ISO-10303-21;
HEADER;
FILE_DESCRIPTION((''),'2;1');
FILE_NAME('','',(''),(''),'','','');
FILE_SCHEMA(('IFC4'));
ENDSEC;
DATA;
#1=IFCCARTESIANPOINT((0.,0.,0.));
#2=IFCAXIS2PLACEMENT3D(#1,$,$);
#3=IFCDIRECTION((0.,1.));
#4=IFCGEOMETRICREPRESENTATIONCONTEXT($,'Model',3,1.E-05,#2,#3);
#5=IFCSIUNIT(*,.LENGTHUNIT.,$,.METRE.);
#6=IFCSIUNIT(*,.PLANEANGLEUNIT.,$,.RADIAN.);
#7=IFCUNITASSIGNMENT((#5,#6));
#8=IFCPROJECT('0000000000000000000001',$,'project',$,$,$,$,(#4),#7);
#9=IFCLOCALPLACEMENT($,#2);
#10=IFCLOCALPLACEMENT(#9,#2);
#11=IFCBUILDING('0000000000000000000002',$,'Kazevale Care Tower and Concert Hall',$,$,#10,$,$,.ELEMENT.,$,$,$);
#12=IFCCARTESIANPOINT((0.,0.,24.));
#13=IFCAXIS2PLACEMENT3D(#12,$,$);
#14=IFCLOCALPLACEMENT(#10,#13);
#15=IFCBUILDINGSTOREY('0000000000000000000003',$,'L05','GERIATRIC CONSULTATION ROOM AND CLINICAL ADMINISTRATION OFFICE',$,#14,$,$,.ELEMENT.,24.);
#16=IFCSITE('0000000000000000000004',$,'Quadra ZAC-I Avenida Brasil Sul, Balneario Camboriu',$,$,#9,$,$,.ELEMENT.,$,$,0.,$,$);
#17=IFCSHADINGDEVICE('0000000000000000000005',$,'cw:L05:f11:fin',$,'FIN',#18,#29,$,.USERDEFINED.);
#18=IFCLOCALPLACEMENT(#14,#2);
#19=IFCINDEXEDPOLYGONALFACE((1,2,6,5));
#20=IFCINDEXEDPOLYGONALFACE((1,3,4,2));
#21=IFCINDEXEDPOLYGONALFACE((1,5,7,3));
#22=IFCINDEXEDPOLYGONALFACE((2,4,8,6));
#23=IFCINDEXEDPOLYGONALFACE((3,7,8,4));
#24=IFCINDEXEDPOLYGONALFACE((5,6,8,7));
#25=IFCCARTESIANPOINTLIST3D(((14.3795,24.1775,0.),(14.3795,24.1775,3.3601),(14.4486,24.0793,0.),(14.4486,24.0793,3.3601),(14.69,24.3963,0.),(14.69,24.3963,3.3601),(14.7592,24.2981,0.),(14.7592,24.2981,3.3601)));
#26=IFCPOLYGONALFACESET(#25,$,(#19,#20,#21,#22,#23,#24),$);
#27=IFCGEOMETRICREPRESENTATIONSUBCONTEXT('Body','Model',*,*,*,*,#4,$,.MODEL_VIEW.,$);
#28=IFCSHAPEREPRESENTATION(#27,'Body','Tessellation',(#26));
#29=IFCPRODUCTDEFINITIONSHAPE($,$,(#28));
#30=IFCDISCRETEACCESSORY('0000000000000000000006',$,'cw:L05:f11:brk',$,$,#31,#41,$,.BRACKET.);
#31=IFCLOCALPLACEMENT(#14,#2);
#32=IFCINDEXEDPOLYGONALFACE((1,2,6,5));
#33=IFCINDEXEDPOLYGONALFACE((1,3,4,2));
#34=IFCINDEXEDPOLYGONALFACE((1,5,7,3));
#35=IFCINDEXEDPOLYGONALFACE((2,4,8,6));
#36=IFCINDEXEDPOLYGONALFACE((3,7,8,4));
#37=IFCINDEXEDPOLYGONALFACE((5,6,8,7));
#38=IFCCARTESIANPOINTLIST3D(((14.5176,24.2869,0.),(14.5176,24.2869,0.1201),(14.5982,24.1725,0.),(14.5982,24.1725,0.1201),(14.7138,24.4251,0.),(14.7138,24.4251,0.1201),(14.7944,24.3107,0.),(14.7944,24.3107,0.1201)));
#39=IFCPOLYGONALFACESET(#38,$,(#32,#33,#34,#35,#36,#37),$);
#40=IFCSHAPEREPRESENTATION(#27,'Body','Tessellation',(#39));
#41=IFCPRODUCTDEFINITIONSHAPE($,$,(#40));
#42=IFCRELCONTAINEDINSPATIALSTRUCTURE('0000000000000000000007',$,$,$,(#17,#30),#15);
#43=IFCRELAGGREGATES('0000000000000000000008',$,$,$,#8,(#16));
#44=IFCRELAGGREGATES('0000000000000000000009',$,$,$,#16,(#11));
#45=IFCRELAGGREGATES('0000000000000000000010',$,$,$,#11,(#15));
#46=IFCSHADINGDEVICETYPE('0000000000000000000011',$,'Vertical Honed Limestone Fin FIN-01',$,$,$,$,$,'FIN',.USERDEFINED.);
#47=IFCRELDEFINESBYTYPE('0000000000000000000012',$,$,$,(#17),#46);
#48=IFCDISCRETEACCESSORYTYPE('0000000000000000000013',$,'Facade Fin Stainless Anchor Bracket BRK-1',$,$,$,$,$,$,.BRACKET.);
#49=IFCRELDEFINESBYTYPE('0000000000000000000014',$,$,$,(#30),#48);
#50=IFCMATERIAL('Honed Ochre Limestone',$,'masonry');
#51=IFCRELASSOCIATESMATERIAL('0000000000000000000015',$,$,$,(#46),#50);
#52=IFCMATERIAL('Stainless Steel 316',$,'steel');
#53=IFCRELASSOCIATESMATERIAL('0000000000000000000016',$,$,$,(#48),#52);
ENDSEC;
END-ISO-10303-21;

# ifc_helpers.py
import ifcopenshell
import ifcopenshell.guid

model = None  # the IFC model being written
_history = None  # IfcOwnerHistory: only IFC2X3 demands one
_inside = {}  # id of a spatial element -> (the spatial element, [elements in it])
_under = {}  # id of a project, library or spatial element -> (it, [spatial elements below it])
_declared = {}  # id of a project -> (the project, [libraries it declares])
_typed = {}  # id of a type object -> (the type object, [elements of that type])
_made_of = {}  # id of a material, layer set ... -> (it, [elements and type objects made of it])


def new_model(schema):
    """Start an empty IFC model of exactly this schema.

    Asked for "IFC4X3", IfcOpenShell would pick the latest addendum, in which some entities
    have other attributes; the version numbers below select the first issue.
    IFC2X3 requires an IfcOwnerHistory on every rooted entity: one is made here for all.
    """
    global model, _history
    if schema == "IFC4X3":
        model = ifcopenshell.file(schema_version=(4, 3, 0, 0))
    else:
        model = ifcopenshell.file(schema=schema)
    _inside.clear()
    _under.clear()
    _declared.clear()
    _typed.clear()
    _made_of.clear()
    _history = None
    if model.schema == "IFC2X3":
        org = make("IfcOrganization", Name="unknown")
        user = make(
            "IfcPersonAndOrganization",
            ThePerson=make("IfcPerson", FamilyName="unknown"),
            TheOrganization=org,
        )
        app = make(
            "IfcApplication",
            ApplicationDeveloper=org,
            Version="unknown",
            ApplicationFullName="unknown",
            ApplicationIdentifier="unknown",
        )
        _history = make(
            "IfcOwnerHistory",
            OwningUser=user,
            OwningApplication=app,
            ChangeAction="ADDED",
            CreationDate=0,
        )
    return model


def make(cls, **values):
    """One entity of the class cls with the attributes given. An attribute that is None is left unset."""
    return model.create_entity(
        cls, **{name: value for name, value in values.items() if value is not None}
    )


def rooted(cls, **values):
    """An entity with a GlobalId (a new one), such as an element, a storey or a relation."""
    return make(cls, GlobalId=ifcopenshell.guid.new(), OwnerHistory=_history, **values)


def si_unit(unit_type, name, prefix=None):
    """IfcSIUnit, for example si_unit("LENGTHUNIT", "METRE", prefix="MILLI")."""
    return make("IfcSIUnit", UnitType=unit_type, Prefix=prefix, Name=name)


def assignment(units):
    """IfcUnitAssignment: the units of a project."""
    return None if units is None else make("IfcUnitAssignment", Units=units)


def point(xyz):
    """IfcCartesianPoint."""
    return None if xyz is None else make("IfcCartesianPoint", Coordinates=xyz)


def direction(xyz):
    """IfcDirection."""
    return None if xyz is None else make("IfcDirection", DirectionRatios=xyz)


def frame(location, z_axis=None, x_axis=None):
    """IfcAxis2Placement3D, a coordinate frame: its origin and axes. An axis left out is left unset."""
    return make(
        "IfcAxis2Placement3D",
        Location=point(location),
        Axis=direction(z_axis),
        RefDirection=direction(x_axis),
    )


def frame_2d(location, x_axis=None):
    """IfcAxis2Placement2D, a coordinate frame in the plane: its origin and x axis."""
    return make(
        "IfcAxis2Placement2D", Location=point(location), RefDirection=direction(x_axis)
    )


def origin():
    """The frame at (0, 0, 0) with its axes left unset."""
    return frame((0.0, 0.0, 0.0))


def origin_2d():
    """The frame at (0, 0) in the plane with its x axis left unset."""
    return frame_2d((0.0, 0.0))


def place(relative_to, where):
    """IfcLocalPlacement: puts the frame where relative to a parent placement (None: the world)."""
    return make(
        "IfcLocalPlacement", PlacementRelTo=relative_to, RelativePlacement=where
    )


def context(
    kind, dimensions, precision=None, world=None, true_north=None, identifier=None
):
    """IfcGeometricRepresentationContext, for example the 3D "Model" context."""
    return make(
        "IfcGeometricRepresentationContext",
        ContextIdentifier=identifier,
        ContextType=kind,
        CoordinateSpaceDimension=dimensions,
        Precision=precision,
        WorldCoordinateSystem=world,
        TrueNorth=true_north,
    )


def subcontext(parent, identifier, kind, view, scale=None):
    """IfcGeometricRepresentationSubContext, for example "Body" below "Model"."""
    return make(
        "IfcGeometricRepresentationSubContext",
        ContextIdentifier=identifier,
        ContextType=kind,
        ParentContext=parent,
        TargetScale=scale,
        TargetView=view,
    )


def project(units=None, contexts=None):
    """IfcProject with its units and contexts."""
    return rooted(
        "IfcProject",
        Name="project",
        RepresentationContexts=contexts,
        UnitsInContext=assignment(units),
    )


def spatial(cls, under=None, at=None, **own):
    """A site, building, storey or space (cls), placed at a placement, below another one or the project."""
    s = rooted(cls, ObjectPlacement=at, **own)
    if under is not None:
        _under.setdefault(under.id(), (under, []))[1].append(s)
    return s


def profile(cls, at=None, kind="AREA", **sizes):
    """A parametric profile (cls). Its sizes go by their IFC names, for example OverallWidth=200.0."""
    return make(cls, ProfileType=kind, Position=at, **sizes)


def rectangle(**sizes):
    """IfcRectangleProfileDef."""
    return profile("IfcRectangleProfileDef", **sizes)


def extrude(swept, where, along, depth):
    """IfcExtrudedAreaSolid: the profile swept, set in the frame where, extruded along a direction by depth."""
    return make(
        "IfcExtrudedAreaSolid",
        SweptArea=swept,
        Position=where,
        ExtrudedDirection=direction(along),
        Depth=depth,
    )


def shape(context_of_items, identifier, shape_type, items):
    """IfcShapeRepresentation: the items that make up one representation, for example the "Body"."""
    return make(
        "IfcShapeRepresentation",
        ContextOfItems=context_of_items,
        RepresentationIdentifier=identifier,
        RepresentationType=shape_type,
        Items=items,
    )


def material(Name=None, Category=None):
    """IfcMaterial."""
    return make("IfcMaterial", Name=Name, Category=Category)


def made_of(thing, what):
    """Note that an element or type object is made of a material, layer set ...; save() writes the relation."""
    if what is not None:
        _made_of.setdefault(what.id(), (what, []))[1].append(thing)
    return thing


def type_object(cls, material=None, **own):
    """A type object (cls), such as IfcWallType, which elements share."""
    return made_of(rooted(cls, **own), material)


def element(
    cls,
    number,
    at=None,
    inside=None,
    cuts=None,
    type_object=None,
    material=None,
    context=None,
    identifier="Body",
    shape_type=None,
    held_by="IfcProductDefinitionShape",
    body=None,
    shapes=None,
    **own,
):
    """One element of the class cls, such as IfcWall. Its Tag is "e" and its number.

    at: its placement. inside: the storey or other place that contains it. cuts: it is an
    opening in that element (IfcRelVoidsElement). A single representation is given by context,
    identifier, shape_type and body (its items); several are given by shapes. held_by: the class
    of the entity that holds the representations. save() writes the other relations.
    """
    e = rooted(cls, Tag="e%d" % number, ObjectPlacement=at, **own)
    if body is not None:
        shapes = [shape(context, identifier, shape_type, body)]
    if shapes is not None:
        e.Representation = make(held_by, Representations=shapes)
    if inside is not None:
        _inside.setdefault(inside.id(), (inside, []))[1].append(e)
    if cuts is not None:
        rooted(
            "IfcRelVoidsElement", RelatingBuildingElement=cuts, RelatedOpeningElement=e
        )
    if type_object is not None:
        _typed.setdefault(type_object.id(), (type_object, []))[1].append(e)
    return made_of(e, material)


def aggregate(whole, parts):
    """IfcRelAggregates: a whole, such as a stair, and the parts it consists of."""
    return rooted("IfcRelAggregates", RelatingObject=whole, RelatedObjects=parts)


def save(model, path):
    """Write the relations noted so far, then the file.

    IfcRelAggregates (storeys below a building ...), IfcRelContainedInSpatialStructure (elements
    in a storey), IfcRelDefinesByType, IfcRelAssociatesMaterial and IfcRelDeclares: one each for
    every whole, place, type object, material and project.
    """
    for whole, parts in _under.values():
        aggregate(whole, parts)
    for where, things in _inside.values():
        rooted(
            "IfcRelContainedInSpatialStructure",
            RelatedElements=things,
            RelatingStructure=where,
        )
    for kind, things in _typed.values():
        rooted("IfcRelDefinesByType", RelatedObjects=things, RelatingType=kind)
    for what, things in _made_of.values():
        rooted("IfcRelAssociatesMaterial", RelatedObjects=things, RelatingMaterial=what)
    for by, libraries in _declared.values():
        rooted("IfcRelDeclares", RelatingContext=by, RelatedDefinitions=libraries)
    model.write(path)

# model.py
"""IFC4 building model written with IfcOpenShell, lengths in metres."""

from ifc_helpers import new_model, si_unit, direction, frame, origin, origin_2d, place, context, subcontext, project, spatial, rectangle, extrude, material, type_object, element, save


model = new_model("IFC4")

# Units and contexts
model_context = context("Model", 3, precision=1e-05, world=origin(), true_north=direction((0.0, 1.0)))
body_context = subcontext(model_context, "Body", "Model", "MODEL_VIEW")
ifc_project = project(units=[si_unit("LENGTHUNIT", "METRE"), si_unit("PLANEANGLEUNIT", "RADIAN")], contexts=[model_context])

# Site, building, storey
site_placement = place(None, origin())
site = spatial("IfcSite", under=ifc_project, at=site_placement, Name="Quadra ZAC-I Avenida Brasil Sul, Balneario Camboriu", CompositionType="ELEMENT", RefElevation=0.0)
building_placement = place(site_placement, origin())
building = spatial("IfcBuilding", under=site, at=building_placement, Name="Kazevale Care Tower and Concert Hall", CompositionType="ELEMENT")
storey_placement = place(building_placement, frame((0.0, 0.0, 24.0)))
storey = spatial("IfcBuildingStorey", under=building, at=storey_placement, Name="L05", Description="GERIATRIC CONSULTATION ROOM AND CLINICAL ADMINISTRATION OFFICE", CompositionType="ELEMENT", Elevation=24.0)

# Shading device
ifc_material_1 = material(Name="Honed Ochre Limestone", Category="masonry")
shading_device_type = type_object("IfcShadingDeviceType", Name="Vertical Honed Limestone Fin FIN-01", ElementType="FIN", PredefinedType="USERDEFINED", material=ifc_material_1)
shading_device_placement = place(storey_placement, frame((14.5693, 24.2378, 0.0), z_axis=(0.0, 0.0, 1.0), x_axis=(-0.817547, -0.575862, 0.0)))
element("IfcShadingDevice", 1, at=shading_device_placement, inside=storey, type_object=shading_device_type, Name="cw:L05:f11:fin", ObjectType="FIN", PredefinedType="USERDEFINED", context=body_context, shape_type="SweptSolid", body=[
    extrude(rectangle(XDim=0.3799, YDim=0.1201, at=origin_2d()), origin(), (0.0, 0.0, 1.0), 3.3601),
])

# Discrete accessory
ifc_material_2 = material(Name="Stainless Steel 316", Category="steel")
discrete_accessory_type = type_object("IfcDiscreteAccessoryType", Name="Facade Fin Stainless Anchor Bracket BRK-1", PredefinedType="BRACKET", material=ifc_material_2)
discrete_accessory_placement = place(storey_placement, frame((14.656, 24.2988, 0.0), z_axis=(0.0, 0.0, 1.0), x_axis=(-0.817547, -0.575862, 0.0)))
element("IfcDiscreteAccessory", 2, at=discrete_accessory_placement, inside=storey, type_object=discrete_accessory_type, Name="cw:L05:f11:brk", PredefinedType="BRACKET", context=body_context, shape_type="SweptSolid", body=[
    extrude(rectangle(XDim=0.24, YDim=0.1399, at=origin_2d()), origin(), (0.0, 0.0, 1.0), 0.1201),
])

save(model, "model.ifc")
